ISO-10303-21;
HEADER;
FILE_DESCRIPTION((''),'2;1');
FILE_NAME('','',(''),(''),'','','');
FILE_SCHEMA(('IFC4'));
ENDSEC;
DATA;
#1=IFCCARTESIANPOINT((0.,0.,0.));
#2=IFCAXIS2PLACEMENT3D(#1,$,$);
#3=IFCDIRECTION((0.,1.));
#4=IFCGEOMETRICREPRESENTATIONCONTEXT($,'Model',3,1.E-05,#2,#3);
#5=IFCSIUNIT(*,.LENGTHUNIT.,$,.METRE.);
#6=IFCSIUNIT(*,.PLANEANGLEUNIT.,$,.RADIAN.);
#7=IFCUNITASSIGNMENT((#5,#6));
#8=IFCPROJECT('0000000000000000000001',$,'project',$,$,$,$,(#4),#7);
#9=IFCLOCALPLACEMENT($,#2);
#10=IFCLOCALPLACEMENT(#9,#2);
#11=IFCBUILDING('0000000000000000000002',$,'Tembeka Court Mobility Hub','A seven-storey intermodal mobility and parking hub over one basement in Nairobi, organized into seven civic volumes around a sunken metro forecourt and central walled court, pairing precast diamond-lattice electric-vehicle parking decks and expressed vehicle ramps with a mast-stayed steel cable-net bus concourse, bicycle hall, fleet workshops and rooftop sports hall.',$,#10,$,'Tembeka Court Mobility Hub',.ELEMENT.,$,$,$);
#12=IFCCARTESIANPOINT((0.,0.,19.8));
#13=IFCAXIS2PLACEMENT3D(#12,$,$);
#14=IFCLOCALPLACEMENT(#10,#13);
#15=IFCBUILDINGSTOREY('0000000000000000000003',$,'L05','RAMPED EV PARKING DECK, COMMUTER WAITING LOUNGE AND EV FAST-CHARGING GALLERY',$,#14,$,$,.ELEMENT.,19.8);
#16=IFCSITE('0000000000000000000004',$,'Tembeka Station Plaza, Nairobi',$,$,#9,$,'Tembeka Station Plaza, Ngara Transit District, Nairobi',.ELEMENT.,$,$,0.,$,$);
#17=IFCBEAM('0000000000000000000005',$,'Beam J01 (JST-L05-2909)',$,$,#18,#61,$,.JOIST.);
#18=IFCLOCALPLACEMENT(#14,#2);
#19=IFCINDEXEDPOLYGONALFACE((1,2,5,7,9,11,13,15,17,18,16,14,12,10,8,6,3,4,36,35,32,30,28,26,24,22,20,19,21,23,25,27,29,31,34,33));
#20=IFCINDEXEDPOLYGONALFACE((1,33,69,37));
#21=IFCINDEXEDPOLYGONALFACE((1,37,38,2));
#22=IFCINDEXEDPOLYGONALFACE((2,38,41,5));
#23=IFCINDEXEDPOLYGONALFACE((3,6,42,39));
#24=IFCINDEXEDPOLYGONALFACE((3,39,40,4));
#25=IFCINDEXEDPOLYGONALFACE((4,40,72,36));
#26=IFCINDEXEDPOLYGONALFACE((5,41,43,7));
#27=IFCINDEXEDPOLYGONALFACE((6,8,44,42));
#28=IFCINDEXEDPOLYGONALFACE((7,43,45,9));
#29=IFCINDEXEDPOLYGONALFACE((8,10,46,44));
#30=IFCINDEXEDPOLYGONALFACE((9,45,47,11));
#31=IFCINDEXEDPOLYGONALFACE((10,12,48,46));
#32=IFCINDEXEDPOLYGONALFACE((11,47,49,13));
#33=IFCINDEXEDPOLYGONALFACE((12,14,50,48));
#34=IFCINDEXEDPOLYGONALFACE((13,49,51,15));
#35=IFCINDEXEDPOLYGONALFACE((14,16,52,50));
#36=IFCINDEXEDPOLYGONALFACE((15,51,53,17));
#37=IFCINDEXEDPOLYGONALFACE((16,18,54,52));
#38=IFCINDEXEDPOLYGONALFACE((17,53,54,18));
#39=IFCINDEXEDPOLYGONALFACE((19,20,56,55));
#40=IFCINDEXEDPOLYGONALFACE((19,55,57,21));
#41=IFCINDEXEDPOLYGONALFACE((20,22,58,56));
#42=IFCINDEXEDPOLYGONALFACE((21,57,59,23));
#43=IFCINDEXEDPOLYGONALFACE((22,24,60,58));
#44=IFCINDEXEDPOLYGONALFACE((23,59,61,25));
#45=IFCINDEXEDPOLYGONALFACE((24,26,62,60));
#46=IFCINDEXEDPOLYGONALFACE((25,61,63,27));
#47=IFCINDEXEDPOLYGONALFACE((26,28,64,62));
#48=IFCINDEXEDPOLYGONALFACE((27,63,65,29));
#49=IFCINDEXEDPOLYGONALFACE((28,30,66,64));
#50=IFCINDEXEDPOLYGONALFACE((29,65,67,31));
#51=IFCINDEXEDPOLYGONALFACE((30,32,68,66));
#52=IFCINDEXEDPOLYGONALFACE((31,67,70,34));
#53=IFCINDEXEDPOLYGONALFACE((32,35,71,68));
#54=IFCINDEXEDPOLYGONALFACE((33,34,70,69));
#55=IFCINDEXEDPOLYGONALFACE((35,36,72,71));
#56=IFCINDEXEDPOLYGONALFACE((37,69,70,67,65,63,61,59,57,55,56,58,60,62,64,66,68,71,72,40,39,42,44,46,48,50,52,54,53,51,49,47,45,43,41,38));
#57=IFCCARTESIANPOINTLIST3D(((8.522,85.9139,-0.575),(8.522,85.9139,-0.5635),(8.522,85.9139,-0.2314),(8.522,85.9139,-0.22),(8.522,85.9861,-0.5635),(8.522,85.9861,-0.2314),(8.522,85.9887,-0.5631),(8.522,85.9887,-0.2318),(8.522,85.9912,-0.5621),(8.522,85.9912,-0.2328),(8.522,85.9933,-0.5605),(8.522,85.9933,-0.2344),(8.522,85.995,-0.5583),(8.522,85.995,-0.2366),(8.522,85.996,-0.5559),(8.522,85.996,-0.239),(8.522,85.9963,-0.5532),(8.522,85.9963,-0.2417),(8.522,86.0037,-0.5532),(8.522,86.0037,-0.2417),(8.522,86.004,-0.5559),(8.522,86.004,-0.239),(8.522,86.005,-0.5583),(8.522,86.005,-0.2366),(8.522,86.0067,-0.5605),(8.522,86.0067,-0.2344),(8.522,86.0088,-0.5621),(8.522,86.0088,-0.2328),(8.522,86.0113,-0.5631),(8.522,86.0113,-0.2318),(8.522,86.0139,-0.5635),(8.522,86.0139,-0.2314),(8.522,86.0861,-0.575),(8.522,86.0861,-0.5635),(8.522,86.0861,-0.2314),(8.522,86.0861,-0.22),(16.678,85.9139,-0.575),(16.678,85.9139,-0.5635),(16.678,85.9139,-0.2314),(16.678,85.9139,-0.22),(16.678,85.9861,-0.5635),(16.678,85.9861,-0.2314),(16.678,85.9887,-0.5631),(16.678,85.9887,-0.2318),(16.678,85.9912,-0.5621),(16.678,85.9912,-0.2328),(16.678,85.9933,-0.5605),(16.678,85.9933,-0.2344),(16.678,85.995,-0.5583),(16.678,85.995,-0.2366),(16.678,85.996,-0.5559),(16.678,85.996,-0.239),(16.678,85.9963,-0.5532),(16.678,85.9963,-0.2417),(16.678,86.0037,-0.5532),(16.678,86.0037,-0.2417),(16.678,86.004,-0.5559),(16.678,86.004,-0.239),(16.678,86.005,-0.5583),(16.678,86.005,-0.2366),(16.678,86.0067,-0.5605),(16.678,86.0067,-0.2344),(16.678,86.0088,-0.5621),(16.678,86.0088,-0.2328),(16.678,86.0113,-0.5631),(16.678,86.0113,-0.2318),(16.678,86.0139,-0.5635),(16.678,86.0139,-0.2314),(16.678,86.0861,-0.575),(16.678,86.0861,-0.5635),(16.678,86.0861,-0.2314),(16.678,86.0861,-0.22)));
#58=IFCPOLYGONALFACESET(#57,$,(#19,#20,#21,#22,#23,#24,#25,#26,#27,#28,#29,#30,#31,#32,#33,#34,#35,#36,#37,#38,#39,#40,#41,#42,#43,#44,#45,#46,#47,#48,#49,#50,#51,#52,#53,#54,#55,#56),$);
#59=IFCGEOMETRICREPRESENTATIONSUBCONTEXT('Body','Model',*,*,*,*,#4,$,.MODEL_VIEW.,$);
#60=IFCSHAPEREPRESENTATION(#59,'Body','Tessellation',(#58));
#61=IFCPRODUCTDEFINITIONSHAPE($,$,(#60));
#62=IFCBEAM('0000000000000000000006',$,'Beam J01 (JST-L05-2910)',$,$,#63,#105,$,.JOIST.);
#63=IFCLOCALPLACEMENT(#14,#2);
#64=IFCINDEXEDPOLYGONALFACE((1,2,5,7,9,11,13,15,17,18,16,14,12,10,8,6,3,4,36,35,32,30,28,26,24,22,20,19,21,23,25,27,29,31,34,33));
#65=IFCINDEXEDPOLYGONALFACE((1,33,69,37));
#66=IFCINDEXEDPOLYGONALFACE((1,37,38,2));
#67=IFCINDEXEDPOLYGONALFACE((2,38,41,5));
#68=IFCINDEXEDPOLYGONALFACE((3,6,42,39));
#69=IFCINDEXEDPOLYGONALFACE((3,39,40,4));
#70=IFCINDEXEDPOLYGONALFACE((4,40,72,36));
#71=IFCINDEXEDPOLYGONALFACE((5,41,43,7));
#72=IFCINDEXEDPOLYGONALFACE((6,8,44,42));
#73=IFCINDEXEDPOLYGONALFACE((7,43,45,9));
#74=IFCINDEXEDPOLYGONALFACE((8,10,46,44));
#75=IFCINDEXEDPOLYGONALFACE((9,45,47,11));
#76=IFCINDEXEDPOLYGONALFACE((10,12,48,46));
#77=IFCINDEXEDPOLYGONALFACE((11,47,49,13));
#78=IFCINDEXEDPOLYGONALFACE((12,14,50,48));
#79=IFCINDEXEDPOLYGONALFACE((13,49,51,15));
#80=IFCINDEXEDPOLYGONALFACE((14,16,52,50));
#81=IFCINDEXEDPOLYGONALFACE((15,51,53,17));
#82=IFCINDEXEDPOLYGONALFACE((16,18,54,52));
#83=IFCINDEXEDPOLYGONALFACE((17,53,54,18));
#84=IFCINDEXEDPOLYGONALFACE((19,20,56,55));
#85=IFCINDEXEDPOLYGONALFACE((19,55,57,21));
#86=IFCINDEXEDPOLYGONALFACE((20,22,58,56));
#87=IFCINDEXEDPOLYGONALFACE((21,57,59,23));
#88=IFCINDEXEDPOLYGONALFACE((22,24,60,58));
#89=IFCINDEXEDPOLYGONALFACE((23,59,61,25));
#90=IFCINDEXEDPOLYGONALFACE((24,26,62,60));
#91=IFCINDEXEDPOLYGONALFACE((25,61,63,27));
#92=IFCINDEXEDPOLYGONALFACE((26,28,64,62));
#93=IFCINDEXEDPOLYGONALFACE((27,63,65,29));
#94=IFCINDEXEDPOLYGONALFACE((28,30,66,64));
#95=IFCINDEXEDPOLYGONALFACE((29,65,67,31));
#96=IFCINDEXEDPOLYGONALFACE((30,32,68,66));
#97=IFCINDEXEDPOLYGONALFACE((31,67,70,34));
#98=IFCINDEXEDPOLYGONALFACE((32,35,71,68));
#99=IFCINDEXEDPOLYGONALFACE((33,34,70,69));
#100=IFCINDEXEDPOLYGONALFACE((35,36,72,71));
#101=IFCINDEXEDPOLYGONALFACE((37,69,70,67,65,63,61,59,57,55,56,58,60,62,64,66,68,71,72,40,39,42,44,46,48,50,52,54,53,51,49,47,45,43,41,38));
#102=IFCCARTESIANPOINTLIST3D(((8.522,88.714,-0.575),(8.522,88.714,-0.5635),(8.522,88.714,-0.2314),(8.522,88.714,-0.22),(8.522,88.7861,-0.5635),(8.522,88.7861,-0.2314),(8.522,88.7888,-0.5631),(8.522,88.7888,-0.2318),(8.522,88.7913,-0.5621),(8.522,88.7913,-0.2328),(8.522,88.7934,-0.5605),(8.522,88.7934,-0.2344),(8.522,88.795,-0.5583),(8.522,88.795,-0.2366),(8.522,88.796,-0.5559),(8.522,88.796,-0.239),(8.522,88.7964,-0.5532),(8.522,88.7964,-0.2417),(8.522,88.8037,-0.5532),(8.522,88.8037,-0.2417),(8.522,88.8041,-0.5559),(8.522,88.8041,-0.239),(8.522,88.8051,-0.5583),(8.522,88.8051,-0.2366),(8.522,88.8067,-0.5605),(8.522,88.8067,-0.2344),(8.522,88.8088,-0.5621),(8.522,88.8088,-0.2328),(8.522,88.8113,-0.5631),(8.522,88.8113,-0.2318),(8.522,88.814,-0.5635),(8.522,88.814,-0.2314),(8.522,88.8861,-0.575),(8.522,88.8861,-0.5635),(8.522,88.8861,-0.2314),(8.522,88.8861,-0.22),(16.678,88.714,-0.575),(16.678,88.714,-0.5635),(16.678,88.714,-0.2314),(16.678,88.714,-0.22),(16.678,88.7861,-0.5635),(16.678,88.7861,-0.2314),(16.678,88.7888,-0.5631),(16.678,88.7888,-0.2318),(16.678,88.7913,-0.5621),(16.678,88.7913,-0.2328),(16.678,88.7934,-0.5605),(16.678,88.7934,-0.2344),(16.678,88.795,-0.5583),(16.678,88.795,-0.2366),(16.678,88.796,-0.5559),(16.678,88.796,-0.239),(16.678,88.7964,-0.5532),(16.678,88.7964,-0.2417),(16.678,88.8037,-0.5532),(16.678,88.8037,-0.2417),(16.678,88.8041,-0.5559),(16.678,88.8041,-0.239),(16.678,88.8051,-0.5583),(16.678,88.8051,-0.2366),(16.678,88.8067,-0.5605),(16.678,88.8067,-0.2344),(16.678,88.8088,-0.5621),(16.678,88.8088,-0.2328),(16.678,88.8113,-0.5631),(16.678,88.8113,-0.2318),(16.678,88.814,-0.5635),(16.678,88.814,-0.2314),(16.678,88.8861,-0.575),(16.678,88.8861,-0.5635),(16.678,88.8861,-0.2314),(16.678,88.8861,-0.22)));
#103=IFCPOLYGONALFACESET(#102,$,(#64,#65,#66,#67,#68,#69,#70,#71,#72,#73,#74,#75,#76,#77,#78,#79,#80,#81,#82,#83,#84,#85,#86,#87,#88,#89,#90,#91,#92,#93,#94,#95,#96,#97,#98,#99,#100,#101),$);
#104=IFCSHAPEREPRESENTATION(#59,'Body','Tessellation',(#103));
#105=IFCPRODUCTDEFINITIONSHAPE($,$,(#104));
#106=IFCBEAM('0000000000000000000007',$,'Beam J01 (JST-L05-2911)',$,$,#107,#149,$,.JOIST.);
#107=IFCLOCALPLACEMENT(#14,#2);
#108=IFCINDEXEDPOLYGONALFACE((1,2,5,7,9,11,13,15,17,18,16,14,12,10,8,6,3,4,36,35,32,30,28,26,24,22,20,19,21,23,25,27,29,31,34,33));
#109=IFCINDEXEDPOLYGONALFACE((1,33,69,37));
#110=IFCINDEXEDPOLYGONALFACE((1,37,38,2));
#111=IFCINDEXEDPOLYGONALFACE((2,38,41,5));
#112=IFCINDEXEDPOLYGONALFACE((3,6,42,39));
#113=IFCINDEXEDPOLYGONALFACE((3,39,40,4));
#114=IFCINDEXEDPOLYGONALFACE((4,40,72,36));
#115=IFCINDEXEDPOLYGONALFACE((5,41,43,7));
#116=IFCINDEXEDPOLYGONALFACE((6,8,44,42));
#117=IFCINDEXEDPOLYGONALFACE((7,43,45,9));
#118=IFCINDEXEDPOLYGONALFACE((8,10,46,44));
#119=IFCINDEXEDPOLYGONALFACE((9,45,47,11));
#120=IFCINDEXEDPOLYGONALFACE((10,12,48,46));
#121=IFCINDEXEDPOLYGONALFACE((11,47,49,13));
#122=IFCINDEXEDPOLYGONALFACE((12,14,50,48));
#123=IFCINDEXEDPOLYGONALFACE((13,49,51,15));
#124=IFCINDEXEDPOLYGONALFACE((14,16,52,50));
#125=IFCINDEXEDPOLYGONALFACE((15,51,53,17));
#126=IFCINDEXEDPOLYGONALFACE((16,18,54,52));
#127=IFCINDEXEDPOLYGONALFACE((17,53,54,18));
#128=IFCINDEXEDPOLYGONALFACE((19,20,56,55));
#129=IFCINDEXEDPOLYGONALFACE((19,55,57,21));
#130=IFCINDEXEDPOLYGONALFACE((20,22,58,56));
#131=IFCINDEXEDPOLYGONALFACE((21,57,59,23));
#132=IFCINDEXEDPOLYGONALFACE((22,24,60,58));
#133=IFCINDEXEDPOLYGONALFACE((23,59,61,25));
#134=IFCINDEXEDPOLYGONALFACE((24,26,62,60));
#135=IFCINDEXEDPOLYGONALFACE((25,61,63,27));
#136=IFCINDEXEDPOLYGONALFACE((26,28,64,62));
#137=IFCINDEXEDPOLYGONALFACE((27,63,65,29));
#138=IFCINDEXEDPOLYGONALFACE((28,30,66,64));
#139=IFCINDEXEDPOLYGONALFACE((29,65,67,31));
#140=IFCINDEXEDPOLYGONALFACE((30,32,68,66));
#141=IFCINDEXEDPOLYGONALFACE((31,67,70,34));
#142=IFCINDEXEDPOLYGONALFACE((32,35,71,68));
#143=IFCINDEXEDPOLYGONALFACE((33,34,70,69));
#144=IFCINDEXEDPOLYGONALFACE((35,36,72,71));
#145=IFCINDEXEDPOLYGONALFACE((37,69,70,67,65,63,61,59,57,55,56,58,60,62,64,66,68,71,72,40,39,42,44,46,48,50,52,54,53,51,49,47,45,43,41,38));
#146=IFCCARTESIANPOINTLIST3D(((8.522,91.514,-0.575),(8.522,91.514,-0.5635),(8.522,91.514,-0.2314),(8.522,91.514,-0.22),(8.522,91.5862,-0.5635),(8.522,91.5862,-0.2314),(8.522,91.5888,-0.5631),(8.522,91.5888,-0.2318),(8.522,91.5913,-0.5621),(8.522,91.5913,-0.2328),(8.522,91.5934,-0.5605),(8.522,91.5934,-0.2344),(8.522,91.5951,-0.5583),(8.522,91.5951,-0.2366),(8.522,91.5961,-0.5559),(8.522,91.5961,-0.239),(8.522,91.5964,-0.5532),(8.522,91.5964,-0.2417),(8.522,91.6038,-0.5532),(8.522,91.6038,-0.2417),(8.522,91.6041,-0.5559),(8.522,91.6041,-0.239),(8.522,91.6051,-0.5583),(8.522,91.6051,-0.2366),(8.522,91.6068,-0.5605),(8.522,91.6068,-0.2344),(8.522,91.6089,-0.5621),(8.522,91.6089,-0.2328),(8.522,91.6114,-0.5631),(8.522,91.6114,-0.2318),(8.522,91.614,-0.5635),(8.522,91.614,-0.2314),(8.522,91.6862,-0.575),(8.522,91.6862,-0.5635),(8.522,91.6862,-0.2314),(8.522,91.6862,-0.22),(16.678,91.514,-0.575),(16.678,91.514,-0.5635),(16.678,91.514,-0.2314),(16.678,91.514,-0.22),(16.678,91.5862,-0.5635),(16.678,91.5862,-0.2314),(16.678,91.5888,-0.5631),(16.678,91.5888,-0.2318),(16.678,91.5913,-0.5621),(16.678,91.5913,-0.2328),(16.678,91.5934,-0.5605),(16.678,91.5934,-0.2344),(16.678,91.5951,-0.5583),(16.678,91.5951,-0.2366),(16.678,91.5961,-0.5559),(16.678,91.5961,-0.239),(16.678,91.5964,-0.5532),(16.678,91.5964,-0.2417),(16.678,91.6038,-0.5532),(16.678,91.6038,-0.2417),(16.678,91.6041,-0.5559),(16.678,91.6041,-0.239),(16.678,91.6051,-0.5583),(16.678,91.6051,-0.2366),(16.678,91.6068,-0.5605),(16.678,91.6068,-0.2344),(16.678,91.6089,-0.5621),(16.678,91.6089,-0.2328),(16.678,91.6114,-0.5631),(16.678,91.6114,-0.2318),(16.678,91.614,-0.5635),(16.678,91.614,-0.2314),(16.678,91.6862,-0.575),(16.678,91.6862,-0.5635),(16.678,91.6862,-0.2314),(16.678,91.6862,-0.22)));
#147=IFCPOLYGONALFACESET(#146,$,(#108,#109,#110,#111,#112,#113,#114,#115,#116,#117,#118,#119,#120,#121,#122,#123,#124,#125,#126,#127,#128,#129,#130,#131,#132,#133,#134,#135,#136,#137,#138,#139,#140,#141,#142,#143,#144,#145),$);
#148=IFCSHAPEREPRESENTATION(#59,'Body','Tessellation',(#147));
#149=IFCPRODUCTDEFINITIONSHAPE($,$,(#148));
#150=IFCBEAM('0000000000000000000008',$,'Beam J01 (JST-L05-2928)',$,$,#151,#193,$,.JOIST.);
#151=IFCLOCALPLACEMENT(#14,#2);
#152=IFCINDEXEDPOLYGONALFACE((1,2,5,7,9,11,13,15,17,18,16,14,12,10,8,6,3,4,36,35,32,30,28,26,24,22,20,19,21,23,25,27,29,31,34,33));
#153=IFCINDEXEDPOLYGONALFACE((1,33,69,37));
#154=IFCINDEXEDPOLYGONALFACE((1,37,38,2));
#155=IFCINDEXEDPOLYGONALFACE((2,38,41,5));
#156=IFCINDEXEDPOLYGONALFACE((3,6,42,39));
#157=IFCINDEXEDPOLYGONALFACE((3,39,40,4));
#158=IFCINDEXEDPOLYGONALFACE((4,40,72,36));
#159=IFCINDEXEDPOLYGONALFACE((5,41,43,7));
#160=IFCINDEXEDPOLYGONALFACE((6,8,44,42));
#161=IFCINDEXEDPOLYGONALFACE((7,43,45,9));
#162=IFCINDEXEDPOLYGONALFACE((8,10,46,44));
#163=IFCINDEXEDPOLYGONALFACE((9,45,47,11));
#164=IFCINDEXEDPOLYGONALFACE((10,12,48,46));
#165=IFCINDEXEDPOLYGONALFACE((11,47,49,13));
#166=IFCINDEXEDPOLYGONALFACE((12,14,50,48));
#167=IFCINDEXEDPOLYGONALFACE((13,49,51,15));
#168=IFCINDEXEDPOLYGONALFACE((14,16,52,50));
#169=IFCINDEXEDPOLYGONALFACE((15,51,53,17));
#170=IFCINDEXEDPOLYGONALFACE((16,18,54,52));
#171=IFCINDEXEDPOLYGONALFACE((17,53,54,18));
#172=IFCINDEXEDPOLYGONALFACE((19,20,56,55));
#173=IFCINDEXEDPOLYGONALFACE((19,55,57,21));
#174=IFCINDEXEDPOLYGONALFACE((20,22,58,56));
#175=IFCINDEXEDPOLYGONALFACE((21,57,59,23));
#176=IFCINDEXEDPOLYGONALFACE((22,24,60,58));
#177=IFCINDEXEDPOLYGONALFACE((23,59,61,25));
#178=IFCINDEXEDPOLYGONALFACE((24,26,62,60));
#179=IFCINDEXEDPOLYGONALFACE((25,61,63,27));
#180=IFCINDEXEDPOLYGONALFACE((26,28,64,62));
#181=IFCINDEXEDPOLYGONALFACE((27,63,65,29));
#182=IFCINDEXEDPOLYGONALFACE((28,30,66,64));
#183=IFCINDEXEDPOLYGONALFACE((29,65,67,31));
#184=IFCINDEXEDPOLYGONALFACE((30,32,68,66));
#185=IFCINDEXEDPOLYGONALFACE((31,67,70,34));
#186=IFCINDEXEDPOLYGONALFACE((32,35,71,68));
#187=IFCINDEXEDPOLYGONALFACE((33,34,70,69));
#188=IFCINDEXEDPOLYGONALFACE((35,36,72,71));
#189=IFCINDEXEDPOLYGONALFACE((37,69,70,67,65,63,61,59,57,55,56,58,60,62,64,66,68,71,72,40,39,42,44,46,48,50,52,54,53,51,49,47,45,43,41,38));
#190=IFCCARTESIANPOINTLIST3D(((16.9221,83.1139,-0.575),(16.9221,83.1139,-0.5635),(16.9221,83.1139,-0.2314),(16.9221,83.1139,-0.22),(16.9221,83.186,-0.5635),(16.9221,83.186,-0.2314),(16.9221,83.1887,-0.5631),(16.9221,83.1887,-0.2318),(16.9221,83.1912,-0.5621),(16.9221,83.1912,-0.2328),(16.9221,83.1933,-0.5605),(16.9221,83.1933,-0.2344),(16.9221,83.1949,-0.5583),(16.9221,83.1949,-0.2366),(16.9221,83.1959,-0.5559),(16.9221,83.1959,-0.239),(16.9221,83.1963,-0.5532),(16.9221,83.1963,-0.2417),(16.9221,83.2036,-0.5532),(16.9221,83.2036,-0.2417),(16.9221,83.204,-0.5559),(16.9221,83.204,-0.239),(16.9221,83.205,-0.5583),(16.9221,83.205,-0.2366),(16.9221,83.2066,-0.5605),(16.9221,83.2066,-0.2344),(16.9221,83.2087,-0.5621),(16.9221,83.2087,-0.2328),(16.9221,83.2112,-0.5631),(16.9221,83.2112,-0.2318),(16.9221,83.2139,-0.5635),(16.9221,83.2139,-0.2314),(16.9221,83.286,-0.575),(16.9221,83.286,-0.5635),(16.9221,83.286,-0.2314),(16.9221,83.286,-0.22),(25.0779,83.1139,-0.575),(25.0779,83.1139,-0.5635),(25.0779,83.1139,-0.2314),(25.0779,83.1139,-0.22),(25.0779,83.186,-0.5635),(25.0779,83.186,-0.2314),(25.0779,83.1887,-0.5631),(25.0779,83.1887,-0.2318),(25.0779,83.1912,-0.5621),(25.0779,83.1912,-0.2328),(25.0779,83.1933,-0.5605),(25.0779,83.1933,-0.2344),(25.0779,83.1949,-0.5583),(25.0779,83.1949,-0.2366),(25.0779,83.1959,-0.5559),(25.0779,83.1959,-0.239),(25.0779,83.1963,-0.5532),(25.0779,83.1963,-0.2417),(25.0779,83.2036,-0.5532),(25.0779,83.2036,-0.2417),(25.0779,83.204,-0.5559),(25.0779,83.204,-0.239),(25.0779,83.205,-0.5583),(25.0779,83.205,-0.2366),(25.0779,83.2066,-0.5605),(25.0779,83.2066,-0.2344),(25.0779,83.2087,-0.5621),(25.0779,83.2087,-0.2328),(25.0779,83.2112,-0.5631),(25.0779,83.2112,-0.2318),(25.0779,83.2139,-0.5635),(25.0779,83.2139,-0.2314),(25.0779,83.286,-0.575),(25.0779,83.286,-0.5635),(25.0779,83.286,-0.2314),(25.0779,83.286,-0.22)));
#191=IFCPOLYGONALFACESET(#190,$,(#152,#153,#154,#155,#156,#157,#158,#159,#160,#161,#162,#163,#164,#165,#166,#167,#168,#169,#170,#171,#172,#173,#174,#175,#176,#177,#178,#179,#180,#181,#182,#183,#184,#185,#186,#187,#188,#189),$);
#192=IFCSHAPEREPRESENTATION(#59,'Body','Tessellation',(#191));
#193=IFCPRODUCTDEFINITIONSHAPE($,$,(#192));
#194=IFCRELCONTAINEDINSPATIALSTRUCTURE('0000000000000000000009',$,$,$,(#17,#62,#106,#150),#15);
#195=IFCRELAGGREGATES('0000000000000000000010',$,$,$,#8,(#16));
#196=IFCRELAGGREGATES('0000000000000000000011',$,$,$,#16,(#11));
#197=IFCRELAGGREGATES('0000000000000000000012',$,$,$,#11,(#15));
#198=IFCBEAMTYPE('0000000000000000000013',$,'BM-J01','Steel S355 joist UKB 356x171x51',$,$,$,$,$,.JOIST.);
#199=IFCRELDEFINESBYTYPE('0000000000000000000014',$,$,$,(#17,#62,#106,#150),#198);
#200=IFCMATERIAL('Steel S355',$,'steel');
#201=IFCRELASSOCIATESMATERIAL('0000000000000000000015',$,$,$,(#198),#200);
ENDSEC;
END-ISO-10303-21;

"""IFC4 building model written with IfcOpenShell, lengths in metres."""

from ifc_helpers import new_model, si_unit, direction, frame, origin, origin_2d, place, context, subcontext, project, spatial, i_section, extrude, material, material_profile, profile_set, type_object, element, save


model = new_model("IFC4")

# Units and contexts
model_context = context("Model", 3, precision=1e-05, world=origin(), true_north=direction((0.0, 1.0)))
body_context = subcontext(model_context, "Body", "Model", "MODEL_VIEW")
ifc_project = project(units=[si_unit("LENGTHUNIT", "METRE"), si_unit("PLANEANGLEUNIT", "RADIAN")], contexts=[model_context])

# Site, building, storey
site_placement = place(None, origin())
site = spatial("IfcSite", under=ifc_project, at=site_placement, Name="Tembeka Station Plaza, Nairobi", LongName="Tembeka Station Plaza, Ngara Transit District, Nairobi", CompositionType="ELEMENT", RefElevation=0.0)
building_placement = place(site_placement, origin())
building = spatial("IfcBuilding", under=site, at=building_placement, Name="Tembeka Court Mobility Hub", Description="A seven-storey intermodal mobility and parking hub over one basement in Nairobi, organized into seven civic volumes around a sunken metro forecourt and central walled court, pairing precast diamond-lattice electric-vehicle parking decks and expressed vehicle ramps with a mast-stayed steel cable-net bus concourse, bicycle hall, fleet workshops and rooftop sports hall.", LongName="Tembeka Court Mobility Hub", CompositionType="ELEMENT")
storey_placement = place(building_placement, frame((0.0, 0.0, 19.8)))
storey = spatial("IfcBuildingStorey", under=building, at=storey_placement, Name="L05", Description="RAMPED EV PARKING DECK, COMMUTER WAITING LOUNGE AND EV FAST-CHARGING GALLERY", CompositionType="ELEMENT", Elevation=19.8)

# Shared definitions
ifc_material_1 = material(Name="Steel S355", Category="steel")

# Beams
ifc_material_profile_1 = material_profile(ifc_material_1, i_section(OverallWidth=0.1721, OverallDepth=0.355, WebThickness=0.0073, FlangeThickness=0.0115, FilletRadius=0.0103, at=origin_2d()), Name="UKB 356x171x51")
ifc_profile_set_1 = profile_set([ifc_material_profile_1], Name="Steel S355")
beam_type_1 = type_object("IfcBeamType", Name="BM-J01", Description="Steel S355 joist UKB 356x171x51", PredefinedType="JOIST", material=ifc_profile_set_1)
for number, where, z_axis, x_axis, name in (
    (1, (8.522, 86.0, -0.3975), (1.0, 0.0, 0.0), (0.0, 1.0, 0.0), "Beam J01 (JST-L05-2909)"),
    (2, (8.522, 88.8, -0.3975), (1.0, 0.0, 0.0), (0.0, 1.0, 0.0), "Beam J01 (JST-L05-2910)"),
    (3, (8.522, 91.6001, -0.3975), (1.0, 0.0, 0.0), (0.0, 1.0, 0.0), "Beam J01 (JST-L05-2911)"),
):
    element("IfcBeam", number, at=place(storey_placement, frame(where, z_axis=z_axis, x_axis=x_axis)), inside=storey, type_object=beam_type_1, Name=name, PredefinedType="JOIST", context=body_context, shape_type="SweptSolid", body=[
        extrude(i_section(OverallWidth=0.1721, OverallDepth=0.355, WebThickness=0.0073, FlangeThickness=0.0115, FilletRadius=0.0103, at=origin_2d()), origin(), (0.0, 0.0, 1.0), 8.156),
    ])
for number, where, z_axis, x_axis, name in (
    (4, (16.9221, 83.2, -0.3975), (1.0, 0.0, 0.0), (0.0, 1.0, 0.0), "Beam J01 (JST-L05-2928)"),
):
    element("IfcBeam", number, at=place(storey_placement, frame(where, z_axis=z_axis, x_axis=x_axis)), inside=storey, type_object=beam_type_1, Name=name, PredefinedType="JOIST", context=body_context, shape_type="SweptSolid", body=[
        extrude(i_section(OverallWidth=0.1721, OverallDepth=0.355, WebThickness=0.0073, FlangeThickness=0.0115, FilletRadius=0.0103, at=origin_2d()), origin(), (0.0, 0.0, 1.0), 8.1558),
    ])

save(model, "model.ifc")
